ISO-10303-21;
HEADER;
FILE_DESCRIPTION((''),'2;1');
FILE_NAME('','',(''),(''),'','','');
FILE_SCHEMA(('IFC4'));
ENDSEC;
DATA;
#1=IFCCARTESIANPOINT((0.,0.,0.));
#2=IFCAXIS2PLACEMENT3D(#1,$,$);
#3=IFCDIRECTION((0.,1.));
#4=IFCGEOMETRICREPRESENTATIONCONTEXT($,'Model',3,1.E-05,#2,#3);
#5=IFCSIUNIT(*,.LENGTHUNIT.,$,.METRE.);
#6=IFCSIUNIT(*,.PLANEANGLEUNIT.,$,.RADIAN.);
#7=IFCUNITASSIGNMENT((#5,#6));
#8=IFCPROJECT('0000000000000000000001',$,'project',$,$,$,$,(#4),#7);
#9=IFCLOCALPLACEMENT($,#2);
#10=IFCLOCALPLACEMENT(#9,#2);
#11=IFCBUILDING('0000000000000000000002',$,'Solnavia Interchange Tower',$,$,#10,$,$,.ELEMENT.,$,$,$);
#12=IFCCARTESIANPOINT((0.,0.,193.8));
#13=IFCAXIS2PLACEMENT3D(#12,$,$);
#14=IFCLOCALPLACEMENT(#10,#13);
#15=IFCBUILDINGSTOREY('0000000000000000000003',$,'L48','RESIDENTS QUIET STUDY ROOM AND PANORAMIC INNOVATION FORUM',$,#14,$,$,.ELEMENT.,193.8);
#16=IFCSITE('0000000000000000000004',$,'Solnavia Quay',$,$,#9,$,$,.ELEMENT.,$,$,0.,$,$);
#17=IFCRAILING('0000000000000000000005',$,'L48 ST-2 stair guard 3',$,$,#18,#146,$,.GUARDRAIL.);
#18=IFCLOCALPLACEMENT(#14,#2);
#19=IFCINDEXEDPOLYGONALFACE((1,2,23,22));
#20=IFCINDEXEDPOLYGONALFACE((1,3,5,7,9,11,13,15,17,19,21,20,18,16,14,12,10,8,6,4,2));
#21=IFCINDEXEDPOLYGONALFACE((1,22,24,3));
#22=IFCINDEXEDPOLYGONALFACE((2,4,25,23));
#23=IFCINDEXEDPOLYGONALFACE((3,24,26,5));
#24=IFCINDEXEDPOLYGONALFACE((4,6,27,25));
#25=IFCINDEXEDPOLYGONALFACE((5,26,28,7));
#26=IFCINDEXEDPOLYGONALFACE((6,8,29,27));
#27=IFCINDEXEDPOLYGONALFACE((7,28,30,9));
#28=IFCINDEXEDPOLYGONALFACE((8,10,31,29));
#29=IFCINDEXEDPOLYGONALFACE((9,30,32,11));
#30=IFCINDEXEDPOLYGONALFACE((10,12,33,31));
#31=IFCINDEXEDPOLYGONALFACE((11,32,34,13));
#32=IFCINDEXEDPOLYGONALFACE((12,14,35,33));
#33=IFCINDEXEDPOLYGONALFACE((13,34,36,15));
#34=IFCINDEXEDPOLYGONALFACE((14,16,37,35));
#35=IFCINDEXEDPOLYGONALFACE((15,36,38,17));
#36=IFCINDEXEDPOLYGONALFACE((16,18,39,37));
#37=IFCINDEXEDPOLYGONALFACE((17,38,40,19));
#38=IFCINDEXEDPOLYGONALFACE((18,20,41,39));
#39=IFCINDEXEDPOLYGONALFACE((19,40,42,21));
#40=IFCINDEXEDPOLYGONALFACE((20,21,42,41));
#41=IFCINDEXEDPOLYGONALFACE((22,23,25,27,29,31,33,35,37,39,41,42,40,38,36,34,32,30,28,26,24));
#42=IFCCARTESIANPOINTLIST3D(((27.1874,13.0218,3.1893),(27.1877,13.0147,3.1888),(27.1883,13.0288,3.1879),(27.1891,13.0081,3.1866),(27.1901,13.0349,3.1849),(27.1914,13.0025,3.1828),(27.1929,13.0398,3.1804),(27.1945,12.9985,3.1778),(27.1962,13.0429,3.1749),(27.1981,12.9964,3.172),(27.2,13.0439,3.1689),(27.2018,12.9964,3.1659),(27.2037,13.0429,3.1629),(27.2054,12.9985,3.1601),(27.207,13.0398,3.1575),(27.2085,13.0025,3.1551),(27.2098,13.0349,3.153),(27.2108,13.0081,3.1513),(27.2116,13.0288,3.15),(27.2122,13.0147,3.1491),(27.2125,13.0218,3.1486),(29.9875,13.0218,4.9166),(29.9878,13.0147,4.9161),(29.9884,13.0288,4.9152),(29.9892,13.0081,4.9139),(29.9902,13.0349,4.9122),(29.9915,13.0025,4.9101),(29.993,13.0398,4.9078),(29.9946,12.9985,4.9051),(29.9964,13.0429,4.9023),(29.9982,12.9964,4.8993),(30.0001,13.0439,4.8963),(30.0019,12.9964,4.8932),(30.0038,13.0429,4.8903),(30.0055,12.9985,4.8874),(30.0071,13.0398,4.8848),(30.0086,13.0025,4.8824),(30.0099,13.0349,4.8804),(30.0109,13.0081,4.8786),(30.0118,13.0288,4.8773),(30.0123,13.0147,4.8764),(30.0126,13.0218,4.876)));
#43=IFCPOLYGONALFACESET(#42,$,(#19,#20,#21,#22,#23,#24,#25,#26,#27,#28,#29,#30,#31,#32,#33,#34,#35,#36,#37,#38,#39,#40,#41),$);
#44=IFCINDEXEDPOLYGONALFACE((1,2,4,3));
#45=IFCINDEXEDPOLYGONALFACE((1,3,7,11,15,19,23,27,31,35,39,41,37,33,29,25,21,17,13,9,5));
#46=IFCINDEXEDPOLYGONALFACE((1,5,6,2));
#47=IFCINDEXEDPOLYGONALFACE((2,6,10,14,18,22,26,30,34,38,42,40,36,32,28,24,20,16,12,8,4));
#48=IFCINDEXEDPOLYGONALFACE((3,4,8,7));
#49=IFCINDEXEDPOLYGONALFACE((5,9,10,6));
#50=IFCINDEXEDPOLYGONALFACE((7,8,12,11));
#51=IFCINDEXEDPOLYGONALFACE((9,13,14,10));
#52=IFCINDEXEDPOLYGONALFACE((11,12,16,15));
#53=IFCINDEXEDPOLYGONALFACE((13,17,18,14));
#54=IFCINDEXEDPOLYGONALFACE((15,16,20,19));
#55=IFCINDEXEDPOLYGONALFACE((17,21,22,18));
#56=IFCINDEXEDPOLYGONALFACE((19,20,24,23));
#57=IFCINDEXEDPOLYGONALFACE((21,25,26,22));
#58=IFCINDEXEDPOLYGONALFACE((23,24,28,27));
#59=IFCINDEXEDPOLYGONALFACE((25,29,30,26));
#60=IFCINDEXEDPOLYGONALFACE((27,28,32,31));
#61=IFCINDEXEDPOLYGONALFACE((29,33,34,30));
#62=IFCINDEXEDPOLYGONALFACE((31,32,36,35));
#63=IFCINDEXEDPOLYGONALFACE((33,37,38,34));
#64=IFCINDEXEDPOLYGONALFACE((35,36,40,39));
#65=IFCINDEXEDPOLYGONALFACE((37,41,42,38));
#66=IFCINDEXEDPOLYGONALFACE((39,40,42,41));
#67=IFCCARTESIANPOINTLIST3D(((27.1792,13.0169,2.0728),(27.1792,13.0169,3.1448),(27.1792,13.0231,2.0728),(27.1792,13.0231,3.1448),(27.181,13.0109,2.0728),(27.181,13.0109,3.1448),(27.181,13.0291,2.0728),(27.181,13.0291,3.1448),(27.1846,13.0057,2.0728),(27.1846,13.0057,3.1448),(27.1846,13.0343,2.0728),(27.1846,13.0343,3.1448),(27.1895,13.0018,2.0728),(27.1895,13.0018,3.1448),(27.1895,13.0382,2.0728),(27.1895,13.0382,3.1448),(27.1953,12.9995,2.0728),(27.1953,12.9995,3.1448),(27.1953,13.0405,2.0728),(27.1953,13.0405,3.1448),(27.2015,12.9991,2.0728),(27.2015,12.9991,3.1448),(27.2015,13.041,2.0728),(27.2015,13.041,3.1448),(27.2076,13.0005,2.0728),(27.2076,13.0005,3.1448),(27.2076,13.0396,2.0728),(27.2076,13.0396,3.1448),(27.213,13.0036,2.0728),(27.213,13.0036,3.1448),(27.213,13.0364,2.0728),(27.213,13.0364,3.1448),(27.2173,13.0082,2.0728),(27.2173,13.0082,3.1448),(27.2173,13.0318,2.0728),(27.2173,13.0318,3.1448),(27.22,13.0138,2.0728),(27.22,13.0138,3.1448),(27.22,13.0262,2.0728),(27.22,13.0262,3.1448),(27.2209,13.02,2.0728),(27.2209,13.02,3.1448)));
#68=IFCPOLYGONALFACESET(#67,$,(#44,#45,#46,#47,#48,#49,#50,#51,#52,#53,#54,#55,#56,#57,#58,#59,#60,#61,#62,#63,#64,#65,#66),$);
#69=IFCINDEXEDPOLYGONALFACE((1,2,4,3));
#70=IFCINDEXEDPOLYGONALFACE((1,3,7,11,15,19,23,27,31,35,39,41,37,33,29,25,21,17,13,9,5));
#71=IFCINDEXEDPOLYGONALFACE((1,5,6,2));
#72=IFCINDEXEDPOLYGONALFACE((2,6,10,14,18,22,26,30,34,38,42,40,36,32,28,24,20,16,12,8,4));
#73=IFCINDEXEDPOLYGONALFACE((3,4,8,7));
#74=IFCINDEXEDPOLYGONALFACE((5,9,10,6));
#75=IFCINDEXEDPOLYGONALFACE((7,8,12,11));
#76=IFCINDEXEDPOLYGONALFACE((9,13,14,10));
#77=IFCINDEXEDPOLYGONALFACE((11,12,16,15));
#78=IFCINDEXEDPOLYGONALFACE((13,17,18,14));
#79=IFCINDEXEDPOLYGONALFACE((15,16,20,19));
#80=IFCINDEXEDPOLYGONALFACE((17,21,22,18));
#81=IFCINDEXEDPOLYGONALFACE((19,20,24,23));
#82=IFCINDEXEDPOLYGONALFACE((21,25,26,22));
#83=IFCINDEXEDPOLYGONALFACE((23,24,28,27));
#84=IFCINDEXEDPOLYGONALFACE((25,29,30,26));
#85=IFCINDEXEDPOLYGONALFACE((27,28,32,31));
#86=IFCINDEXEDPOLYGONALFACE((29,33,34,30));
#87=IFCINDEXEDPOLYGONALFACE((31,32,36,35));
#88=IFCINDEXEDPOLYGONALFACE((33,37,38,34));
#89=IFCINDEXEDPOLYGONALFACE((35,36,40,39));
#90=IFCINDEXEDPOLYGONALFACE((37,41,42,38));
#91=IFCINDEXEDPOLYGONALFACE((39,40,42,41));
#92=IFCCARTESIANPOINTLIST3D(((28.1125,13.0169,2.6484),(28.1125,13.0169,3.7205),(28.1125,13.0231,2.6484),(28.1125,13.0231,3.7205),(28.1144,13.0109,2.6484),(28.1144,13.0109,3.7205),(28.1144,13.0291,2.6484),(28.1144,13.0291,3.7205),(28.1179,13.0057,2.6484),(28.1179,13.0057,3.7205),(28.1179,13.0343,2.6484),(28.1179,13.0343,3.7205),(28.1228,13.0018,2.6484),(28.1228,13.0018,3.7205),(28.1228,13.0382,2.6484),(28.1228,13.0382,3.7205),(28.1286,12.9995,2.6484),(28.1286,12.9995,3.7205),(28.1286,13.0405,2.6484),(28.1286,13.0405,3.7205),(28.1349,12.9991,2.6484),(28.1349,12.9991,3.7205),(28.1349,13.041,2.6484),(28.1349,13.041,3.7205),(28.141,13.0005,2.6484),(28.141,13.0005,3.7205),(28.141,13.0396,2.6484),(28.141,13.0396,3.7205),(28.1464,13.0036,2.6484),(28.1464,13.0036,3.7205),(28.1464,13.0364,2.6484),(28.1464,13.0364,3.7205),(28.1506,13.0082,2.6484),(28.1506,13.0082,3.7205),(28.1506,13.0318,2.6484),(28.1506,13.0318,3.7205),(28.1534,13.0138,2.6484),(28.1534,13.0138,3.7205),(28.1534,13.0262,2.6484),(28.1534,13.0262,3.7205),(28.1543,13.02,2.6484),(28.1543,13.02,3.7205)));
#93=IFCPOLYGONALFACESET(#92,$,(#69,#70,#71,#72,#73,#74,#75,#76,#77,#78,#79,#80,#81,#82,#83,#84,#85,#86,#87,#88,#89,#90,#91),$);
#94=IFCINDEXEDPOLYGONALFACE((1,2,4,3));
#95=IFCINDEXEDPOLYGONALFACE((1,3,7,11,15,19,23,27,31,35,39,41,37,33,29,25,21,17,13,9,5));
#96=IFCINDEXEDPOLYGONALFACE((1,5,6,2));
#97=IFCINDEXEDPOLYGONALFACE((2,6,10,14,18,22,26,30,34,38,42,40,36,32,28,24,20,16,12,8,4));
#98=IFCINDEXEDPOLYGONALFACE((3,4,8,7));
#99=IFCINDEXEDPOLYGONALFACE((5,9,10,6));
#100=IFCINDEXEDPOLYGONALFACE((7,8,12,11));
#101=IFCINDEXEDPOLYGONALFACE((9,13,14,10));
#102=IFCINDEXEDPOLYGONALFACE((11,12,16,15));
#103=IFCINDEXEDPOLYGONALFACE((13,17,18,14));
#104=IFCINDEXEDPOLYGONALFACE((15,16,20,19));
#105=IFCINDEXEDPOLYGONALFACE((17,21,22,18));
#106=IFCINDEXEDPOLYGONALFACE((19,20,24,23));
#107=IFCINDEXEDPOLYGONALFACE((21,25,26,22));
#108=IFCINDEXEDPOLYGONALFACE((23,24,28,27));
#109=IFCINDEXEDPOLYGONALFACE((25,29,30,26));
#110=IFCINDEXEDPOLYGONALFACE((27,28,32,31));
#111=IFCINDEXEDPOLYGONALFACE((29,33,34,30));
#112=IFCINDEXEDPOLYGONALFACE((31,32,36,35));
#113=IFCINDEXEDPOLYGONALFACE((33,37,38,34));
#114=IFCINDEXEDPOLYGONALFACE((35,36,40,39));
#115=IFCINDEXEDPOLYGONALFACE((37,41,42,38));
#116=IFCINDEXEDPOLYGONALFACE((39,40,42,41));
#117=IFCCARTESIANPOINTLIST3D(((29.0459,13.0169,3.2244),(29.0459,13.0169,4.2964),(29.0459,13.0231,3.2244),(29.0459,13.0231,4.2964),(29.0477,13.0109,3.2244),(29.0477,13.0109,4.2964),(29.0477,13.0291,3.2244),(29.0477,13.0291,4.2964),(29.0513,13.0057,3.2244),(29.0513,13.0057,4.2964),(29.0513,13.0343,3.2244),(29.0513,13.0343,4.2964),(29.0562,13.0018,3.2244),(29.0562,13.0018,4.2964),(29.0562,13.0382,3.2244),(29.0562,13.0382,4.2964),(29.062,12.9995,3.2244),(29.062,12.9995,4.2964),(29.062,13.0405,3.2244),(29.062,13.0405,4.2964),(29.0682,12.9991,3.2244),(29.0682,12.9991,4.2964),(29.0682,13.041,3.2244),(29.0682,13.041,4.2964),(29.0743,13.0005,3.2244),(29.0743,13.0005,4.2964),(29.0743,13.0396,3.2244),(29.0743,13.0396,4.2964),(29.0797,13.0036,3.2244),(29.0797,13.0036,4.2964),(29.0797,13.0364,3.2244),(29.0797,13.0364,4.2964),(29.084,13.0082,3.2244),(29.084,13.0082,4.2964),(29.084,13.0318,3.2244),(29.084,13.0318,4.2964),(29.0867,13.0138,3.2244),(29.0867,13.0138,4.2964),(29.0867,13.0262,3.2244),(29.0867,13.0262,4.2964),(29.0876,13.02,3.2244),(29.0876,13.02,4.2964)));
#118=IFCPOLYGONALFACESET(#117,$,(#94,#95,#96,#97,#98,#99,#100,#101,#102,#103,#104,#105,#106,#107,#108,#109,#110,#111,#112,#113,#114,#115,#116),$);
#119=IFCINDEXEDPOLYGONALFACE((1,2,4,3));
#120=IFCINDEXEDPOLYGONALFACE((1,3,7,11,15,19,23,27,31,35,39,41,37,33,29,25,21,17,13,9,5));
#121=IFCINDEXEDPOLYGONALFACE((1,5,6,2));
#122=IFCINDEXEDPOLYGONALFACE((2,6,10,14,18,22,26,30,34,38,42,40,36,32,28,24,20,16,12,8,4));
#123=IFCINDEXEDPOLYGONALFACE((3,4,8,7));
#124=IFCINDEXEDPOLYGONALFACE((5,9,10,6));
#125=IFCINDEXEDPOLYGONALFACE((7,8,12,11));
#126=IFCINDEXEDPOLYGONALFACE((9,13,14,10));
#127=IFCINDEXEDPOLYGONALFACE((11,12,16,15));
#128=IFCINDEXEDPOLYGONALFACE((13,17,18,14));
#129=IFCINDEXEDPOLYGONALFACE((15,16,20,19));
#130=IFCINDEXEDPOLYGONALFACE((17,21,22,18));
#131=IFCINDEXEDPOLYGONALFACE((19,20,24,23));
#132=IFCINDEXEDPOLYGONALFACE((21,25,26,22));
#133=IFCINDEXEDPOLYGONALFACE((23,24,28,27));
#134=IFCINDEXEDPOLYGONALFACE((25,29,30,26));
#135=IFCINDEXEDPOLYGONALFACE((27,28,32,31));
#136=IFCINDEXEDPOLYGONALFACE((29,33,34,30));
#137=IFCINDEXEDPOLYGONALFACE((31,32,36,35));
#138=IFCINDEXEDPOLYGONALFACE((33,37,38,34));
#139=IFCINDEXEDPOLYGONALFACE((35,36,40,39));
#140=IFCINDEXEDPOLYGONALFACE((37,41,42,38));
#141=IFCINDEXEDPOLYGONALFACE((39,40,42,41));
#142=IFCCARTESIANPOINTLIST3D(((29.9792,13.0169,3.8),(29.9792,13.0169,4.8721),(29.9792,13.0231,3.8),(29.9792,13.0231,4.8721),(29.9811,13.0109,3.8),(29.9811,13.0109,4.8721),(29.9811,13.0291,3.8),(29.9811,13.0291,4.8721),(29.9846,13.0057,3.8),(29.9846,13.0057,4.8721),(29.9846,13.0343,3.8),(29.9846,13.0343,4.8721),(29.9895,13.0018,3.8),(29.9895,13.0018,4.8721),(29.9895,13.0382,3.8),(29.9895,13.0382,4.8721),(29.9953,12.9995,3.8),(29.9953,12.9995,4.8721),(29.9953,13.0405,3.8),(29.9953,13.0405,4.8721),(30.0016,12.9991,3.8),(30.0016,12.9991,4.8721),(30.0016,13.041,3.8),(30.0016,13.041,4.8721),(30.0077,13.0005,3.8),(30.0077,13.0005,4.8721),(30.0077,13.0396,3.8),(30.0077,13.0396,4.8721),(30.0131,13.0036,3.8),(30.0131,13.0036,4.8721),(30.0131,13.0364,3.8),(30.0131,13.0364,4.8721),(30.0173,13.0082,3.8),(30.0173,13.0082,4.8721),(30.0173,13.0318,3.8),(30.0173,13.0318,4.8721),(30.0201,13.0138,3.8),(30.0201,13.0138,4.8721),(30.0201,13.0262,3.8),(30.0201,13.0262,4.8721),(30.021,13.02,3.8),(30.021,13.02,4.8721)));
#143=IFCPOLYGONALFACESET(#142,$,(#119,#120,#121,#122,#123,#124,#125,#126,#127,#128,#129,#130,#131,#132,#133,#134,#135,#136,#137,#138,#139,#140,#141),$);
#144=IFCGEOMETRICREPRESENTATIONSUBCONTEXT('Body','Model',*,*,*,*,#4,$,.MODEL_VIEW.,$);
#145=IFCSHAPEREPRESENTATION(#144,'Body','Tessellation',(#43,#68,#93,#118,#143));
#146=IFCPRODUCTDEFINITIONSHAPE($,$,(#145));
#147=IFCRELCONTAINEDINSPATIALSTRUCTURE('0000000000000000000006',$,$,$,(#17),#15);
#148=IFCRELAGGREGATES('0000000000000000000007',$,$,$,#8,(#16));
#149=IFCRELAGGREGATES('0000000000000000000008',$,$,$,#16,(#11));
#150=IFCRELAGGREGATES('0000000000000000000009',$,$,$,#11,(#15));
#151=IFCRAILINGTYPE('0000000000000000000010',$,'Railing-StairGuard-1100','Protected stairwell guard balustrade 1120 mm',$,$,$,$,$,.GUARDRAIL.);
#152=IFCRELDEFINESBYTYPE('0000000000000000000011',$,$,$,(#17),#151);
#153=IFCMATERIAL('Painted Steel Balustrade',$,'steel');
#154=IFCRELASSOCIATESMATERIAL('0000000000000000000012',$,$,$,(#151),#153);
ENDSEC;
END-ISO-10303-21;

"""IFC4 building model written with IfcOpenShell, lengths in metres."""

from ifc_helpers import new_model, si_unit, direction, frame, origin, origin_2d, place, context, subcontext, project, spatial, circle, extrude, material, type_object, element, save


model = new_model("IFC4")

# Units and contexts
model_context = context("Model", 3, precision=1e-05, world=origin(), true_north=direction((0.0, 1.0)))
body_context = subcontext(model_context, "Body", "Model", "MODEL_VIEW")
ifc_project = project(units=[si_unit("LENGTHUNIT", "METRE"), si_unit("PLANEANGLEUNIT", "RADIAN")], contexts=[model_context])

# Site, building, storey
site_placement = place(None, origin())
site = spatial("IfcSite", under=ifc_project, at=site_placement, Name="Solnavia Quay", CompositionType="ELEMENT", RefElevation=0.0)
building_placement = place(site_placement, origin())
building = spatial("IfcBuilding", under=site, at=building_placement, Name="Solnavia Interchange Tower", CompositionType="ELEMENT")
storey_placement = place(building_placement, frame((0.0, 0.0, 193.8)))
storey = spatial("IfcBuildingStorey", under=building, at=storey_placement, Name="L48", Description="RESIDENTS QUIET STUDY ROOM AND PANORAMIC INNOVATION FORUM", CompositionType="ELEMENT", Elevation=193.8)

# Railing
ifc_material_1 = material(Name="Painted Steel Balustrade", Category="steel")
railing_type_1 = type_object("IfcRailingType", Name="Railing-StairGuard-1100", Description="Protected stairwell guard balustrade 1120 mm", PredefinedType="GUARDRAIL", material=ifc_material_1)
railing_1_placement = place(storey_placement, frame((27.2, 13.02, 2.0728)))
element("IfcRailing", 1, at=railing_1_placement, inside=storey, type_object=railing_type_1, Name="L48 ST-2 stair guard 3", PredefinedType="GUARDRAIL", context=body_context, shape_type="SweptSolid", body=[
    extrude(circle(Radius=0.0239, at=origin_2d()), frame((0.0, 0.0, 1.0962), z_axis=(0.85109, 0.0, 0.52502), x_axis=(0.0, 1.0, 0.0)), (0.0, 0.0, 1.0), 3.29),
    extrude(circle(Radius=0.021, at=origin_2d()), origin(), (0.0, 0.0, 1.0), 1.072),
    extrude(circle(Radius=0.021, at=origin_2d()), frame((0.9333, 0.0, 0.5757)), (0.0, 0.0, 1.0), 1.072),
    extrude(circle(Radius=0.021, at=origin_2d()), frame((1.8667, 0.0, 1.1516)), (0.0, 0.0, 1.0), 1.072),
    extrude(circle(Radius=0.021, at=origin_2d()), frame((2.8, 0.0, 1.7273)), (0.0, 0.0, 1.0), 1.072),
])

save(model, "model.ifc")
